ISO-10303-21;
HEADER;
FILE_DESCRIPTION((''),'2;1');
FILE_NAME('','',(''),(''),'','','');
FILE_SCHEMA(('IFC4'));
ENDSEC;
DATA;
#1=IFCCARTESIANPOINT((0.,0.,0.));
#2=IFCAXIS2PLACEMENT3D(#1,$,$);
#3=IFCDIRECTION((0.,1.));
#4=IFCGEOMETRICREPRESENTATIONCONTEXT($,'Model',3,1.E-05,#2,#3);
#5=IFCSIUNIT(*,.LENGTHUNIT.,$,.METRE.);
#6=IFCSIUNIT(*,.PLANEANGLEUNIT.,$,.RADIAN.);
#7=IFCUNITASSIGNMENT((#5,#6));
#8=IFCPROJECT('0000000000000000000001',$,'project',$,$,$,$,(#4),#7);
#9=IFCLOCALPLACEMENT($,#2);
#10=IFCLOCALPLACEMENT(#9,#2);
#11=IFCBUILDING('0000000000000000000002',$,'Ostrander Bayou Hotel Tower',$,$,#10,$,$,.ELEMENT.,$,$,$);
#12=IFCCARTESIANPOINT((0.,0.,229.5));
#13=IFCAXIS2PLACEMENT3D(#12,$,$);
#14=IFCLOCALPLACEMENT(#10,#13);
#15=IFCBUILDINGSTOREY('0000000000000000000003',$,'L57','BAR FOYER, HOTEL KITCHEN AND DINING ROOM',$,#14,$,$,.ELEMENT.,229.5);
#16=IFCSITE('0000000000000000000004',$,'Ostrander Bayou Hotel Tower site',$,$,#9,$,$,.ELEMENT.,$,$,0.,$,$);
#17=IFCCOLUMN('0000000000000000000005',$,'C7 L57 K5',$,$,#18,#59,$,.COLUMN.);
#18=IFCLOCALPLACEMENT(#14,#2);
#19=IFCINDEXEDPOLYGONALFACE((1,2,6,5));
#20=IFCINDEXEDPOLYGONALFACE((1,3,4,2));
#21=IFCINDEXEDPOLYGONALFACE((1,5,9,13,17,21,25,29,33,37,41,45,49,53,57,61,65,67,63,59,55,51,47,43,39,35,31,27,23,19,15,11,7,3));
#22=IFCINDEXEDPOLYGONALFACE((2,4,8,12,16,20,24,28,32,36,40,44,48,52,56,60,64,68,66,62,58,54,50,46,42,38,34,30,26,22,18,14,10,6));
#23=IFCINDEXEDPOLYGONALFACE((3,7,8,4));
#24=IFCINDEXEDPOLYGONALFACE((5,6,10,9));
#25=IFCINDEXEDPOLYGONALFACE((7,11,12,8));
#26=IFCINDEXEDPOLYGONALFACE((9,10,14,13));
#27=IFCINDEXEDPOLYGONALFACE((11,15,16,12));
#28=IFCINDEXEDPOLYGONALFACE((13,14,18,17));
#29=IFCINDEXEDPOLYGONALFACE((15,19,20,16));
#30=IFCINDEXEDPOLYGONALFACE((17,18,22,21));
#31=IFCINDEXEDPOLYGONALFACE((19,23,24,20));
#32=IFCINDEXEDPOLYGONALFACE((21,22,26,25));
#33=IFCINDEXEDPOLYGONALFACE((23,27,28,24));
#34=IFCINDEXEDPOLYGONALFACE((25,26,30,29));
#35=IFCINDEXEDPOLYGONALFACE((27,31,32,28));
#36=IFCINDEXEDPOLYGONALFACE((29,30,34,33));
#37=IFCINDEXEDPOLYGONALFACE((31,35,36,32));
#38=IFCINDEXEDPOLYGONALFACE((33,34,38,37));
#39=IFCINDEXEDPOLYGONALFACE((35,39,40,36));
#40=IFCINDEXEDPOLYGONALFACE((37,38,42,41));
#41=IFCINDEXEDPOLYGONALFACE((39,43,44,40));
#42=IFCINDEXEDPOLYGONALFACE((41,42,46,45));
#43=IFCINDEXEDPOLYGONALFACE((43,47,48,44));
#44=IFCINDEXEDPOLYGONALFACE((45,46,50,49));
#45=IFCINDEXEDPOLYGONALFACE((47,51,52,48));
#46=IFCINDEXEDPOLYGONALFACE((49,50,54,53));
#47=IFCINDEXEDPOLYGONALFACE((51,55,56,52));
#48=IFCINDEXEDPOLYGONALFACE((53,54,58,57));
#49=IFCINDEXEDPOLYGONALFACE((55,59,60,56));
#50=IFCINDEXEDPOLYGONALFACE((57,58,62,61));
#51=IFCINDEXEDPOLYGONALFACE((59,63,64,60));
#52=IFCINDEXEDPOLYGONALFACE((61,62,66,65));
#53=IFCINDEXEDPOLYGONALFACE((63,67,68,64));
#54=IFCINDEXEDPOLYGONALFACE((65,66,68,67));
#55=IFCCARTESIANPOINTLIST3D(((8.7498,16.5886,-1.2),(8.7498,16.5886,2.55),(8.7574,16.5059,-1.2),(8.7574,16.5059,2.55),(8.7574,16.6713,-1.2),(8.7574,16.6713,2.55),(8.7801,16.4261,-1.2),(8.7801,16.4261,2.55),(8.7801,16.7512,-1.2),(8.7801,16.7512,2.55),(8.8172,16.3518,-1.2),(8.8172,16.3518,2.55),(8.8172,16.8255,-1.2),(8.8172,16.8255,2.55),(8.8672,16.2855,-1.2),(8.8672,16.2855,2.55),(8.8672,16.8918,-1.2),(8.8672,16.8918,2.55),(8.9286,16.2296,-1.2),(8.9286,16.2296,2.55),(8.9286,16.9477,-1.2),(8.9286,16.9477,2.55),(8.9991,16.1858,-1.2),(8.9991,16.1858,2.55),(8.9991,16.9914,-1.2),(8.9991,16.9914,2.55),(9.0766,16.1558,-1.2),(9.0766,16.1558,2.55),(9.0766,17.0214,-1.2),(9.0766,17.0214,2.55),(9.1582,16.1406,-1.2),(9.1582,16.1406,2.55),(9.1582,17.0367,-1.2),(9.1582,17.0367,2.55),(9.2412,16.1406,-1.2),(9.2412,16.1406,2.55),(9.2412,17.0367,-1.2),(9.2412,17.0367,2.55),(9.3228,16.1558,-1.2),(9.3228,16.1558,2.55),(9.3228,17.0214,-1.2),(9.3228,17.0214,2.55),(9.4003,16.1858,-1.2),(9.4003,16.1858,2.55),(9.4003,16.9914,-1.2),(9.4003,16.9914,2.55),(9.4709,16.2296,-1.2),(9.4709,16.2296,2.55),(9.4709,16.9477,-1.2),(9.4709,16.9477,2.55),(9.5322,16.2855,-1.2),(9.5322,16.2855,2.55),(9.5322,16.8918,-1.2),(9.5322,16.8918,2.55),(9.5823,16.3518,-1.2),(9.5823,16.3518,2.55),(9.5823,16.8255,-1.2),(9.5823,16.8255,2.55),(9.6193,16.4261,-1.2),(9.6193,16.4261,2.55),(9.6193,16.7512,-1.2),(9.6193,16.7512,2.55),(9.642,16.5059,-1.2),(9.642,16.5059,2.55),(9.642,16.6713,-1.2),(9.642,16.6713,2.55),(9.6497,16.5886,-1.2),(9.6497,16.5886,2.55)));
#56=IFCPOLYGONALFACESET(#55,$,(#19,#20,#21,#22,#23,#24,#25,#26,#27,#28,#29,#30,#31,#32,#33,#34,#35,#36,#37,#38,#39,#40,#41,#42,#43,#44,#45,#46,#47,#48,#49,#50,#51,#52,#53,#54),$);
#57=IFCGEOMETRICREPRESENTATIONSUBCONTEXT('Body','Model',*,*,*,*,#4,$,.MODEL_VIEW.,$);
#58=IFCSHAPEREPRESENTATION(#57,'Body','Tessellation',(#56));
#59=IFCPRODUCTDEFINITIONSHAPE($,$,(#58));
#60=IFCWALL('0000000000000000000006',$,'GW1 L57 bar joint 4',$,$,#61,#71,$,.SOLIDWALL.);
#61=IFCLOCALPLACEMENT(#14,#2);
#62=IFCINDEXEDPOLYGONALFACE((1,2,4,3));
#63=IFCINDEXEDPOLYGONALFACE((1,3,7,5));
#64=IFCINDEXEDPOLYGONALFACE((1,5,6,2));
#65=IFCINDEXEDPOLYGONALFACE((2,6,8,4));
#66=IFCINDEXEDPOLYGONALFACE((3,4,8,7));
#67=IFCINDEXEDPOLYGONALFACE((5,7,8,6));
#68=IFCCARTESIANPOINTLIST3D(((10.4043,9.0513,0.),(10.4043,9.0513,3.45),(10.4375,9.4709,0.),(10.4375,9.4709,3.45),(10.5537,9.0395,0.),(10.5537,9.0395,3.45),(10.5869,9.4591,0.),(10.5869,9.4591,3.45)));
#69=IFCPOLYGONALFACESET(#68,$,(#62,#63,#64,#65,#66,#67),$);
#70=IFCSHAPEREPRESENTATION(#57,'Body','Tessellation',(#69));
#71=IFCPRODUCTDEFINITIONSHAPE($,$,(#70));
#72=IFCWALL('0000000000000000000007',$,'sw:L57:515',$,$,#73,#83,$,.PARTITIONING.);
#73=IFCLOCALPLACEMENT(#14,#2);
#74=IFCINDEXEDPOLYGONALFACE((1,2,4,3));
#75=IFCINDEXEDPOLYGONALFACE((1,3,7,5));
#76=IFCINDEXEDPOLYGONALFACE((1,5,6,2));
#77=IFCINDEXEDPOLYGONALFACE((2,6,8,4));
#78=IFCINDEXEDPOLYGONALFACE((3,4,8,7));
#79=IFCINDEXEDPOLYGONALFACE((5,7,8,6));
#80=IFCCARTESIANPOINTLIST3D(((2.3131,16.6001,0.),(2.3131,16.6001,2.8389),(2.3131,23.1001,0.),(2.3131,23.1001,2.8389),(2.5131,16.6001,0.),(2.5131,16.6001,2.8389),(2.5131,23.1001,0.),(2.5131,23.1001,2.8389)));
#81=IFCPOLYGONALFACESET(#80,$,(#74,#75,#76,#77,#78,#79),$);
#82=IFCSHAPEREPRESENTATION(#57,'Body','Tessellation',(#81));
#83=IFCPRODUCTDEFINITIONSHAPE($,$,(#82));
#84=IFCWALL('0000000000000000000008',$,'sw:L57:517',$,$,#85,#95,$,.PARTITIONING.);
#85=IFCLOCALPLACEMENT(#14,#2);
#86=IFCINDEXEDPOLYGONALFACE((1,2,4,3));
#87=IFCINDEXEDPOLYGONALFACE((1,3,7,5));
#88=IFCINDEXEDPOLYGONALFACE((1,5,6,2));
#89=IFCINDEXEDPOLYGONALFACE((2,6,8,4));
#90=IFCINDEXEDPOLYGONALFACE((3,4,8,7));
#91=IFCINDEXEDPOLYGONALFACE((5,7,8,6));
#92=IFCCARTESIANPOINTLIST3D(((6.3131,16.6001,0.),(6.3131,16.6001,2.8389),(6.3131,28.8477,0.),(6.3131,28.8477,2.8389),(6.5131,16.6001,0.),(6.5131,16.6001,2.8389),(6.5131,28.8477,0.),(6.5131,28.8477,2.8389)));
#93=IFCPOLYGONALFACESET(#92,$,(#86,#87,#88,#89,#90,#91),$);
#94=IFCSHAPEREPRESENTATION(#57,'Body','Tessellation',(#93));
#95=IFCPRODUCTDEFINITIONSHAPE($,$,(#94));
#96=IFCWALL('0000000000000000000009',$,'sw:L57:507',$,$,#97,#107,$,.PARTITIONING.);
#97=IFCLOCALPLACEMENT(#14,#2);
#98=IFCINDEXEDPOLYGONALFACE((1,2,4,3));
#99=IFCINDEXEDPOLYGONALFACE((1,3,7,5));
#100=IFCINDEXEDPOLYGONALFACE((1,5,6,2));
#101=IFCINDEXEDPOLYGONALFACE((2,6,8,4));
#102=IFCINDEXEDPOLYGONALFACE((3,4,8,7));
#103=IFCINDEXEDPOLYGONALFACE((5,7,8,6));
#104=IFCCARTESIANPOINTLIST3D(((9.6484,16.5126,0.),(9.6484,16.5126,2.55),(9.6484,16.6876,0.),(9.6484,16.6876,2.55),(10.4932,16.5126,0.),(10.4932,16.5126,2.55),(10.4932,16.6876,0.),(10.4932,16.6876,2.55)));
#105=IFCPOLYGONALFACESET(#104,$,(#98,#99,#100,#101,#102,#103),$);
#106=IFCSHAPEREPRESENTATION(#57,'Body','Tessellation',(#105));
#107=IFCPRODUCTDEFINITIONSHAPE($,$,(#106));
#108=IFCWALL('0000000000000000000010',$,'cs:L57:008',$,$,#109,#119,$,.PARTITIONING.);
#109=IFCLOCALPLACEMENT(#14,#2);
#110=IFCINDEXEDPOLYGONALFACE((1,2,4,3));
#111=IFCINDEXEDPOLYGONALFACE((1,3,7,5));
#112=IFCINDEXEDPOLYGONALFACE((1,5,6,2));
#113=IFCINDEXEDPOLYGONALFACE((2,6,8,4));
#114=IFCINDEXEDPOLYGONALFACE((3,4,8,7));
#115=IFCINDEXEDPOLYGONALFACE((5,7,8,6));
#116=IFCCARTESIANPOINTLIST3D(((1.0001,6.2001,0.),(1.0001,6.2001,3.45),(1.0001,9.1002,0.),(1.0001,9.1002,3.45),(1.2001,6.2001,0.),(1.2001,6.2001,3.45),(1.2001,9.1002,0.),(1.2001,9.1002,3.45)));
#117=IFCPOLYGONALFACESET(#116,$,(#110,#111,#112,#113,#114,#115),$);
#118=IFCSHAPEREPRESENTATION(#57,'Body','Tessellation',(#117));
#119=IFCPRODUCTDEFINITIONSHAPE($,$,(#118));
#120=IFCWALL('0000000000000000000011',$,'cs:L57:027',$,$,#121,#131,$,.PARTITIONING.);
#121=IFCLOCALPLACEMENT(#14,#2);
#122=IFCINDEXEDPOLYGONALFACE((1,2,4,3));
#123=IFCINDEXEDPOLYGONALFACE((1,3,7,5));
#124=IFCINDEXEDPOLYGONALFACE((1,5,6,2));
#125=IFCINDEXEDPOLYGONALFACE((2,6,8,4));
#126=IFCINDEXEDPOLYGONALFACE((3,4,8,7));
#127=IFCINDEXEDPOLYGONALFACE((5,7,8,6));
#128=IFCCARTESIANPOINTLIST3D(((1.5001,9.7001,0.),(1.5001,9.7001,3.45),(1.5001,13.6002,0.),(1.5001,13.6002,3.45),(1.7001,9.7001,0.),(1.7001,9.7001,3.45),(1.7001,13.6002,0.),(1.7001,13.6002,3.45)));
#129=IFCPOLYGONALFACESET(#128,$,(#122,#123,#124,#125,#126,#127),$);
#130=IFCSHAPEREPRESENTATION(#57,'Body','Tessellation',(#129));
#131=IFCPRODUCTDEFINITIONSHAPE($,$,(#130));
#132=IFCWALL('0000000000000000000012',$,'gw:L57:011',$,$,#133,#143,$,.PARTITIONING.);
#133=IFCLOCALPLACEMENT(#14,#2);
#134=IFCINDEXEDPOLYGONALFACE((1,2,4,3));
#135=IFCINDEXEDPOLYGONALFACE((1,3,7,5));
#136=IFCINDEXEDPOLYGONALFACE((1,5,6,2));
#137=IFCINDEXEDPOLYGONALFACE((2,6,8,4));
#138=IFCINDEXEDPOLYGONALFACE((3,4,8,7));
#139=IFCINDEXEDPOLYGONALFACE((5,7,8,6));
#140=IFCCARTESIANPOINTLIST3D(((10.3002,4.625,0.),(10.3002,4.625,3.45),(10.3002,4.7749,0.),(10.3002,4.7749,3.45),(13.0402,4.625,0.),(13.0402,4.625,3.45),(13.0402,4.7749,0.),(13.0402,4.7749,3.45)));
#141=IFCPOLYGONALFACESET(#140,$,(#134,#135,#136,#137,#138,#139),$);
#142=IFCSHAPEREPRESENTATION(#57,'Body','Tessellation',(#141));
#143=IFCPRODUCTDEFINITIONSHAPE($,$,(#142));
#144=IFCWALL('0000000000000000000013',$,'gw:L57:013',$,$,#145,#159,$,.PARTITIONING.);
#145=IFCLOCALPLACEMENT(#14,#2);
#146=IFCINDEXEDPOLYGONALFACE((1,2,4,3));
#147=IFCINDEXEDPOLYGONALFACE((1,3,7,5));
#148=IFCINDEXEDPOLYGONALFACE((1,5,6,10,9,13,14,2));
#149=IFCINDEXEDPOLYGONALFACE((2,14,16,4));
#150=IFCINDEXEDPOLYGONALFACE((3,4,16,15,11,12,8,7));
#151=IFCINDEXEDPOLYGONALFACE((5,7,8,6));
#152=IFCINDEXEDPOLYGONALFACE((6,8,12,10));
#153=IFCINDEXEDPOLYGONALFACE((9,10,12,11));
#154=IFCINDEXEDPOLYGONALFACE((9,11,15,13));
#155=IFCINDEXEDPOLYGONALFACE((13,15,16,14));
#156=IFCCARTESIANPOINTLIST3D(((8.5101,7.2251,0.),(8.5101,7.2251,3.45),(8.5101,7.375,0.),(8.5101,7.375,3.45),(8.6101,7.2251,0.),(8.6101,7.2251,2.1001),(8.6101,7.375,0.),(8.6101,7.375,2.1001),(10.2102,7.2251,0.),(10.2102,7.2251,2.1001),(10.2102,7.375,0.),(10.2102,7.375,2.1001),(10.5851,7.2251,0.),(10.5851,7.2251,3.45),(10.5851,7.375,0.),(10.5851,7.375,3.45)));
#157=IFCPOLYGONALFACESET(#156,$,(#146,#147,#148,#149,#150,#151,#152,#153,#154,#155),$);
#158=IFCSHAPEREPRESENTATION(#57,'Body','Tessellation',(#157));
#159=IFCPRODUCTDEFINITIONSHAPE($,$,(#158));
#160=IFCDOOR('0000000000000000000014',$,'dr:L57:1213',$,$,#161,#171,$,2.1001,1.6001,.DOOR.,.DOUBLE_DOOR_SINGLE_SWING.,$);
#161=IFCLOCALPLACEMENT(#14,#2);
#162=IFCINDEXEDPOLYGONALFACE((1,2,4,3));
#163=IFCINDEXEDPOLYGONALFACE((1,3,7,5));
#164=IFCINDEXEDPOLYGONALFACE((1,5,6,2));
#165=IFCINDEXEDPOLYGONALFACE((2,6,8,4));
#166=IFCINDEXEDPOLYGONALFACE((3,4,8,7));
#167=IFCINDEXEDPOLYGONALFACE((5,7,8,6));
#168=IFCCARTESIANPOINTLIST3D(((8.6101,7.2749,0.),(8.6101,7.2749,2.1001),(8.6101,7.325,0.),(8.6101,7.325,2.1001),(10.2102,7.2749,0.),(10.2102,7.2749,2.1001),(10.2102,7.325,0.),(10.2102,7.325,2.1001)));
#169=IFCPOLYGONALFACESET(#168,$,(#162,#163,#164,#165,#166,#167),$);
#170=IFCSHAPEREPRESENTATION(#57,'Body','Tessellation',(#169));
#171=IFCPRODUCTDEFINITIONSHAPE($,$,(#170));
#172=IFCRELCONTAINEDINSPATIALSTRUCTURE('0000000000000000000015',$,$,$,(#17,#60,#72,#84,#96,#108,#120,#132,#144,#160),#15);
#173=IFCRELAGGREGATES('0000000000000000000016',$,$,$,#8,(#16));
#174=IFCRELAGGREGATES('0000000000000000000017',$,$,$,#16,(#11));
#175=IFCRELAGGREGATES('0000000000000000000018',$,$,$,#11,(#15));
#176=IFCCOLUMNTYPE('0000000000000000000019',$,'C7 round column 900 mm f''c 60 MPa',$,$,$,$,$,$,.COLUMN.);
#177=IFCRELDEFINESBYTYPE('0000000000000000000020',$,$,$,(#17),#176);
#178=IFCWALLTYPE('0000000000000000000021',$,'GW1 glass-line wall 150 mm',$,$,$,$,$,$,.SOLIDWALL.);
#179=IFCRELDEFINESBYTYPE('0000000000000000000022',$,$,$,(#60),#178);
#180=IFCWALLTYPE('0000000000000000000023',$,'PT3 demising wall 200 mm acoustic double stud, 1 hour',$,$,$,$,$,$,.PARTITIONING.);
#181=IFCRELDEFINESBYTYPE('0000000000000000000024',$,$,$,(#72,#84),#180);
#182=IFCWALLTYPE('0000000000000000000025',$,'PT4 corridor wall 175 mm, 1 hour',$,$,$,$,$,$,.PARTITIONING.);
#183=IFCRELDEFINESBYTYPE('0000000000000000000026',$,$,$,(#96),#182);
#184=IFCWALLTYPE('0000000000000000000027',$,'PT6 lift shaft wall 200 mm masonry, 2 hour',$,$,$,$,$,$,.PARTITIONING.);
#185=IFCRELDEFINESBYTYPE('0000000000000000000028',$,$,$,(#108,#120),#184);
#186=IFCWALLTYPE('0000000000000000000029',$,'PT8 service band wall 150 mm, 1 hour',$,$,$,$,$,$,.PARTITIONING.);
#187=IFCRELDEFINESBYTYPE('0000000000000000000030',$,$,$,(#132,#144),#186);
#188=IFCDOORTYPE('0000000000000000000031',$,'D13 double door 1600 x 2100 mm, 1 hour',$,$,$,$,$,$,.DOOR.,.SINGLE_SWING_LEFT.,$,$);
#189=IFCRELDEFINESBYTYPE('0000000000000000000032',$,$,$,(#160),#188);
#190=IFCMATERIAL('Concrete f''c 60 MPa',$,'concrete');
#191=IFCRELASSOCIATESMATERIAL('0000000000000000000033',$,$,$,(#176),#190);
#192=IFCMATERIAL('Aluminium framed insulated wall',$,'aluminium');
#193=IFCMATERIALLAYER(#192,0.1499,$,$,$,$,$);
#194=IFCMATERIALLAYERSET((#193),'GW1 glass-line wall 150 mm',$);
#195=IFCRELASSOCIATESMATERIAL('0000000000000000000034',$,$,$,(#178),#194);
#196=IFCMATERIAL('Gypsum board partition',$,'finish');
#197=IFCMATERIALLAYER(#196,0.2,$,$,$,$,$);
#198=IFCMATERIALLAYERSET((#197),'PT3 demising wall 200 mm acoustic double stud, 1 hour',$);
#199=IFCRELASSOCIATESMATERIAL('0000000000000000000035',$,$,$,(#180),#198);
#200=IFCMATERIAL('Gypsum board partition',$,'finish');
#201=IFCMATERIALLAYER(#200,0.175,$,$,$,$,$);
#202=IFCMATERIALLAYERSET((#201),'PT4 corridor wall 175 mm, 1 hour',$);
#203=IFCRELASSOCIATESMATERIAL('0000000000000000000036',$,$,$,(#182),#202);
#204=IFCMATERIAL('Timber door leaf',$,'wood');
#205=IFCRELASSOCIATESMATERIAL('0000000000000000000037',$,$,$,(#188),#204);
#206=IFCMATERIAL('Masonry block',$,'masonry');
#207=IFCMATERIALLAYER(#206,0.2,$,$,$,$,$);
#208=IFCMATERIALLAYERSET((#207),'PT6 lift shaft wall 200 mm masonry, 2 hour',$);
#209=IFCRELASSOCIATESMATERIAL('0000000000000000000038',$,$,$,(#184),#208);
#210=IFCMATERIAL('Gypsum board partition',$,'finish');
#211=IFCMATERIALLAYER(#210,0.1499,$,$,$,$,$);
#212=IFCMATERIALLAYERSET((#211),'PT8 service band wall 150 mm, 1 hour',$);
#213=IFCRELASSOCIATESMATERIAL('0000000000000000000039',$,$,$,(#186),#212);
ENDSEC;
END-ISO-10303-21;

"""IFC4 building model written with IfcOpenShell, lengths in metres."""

from ifc_helpers import new_model, si_unit, direction, frame, frame_2d, origin, origin_2d, place, context, subcontext, project, spatial, rectangle, circle, extrude, material, layer, layer_set, material_profile, profile_set, type_object, element, fill, save


model = new_model("IFC4")

# Units and contexts
model_context = context("Model", 3, precision=1e-05, world=origin(), true_north=direction((0.0, 1.0)))
body_context = subcontext(model_context, "Body", "Model", "MODEL_VIEW")
ifc_project = project(units=[si_unit("LENGTHUNIT", "METRE"), si_unit("PLANEANGLEUNIT", "RADIAN")], contexts=[model_context])

# Site, building, storey
site_placement = place(None, origin())
site = spatial("IfcSite", under=ifc_project, at=site_placement, Name="Ostrander Bayou Hotel Tower site", CompositionType="ELEMENT", RefElevation=0.0)
building_placement = place(site_placement, origin())
building = spatial("IfcBuilding", under=site, at=building_placement, Name="Ostrander Bayou Hotel Tower", CompositionType="ELEMENT")
storey_placement = place(building_placement, frame((0.0, 0.0, 229.5)))
storey = spatial("IfcBuildingStorey", under=building, at=storey_placement, Name="L57", Description="BAR FOYER, HOTEL KITCHEN AND DINING ROOM", CompositionType="ELEMENT", Elevation=229.5)

# Column
ifc_material_1 = material(Name="Concrete f'c 60 MPa", Category="concrete")
ifc_material_profile = material_profile(ifc_material_1, circle(Radius=0.45, at=origin_2d()))
ifc_profile_set = profile_set([ifc_material_profile], Name="Concrete f'c 60 MPa")
column_type = type_object("IfcColumnType", Name="C7 round column 900 mm f'c 60 MPa", PredefinedType="COLUMN", material=ifc_profile_set)
column_placement = place(storey_placement, frame((9.1997, 16.5886, -1.2), z_axis=(0.0, 0.0, 1.0), x_axis=(1.0, 0.0, 0.0)))
element("IfcColumn", 1, at=column_placement, inside=storey, type_object=column_type, Name="C7 L57 K5", PredefinedType="COLUMN", context=body_context, shape_type="SweptSolid", body=[
    extrude(circle(Radius=0.45, at=origin_2d()), origin(), (0.0, 0.0, 1.0), 3.75),
])

# Walls
ifc_material_2 = material(Name="Aluminium framed insulated wall", Category="aluminium")
ifc_layer_1 = layer(ifc_material_2, 0.1499)
ifc_layer_set_1 = layer_set([ifc_layer_1], Name="GW1 glass-line wall 150 mm")
wall_type_1 = type_object("IfcWallType", Name="GW1 glass-line wall 150 mm", PredefinedType="SOLIDWALL", material=ifc_layer_set_1)
wall_1_placement = place(storey_placement, frame((10.479, 9.0454, 0.0), z_axis=(0.0, 0.0, 1.0), x_axis=(0.078869, 0.996885, 0.0)))
element("IfcWall", 2, at=wall_1_placement, inside=storey, type_object=wall_type_1, Name="GW1 L57 bar joint 4", PredefinedType="SOLIDWALL", context=body_context, shape_type="SweptSolid", body=[
    extrude(rectangle(XDim=0.4209, YDim=0.1499, at=frame_2d((0.2104, 0.0))), origin(), (0.0, 0.0, 1.0), 3.45),
])
ifc_material_3 = material(Name="Gypsum board partition", Category="finish")
ifc_layer_2 = layer(ifc_material_3, 0.2)
ifc_layer_set_2 = layer_set([ifc_layer_2], Name="PT3 demising wall 200 mm acoustic double stud, 1 hour")
wall_type_2 = type_object("IfcWallType", Name="PT3 demising wall 200 mm acoustic double stud, 1 hour", PredefinedType="PARTITIONING", material=ifc_layer_set_2)
wall_2_placement = place(storey_placement, frame((2.4131, 16.6001, 0.0), z_axis=(0.0, 0.0, 1.0), x_axis=(0.0, 1.0, 0.0)))
element("IfcWall", 3, at=wall_2_placement, inside=storey, type_object=wall_type_2, Name="sw:L57:515", PredefinedType="PARTITIONING", context=body_context, shape_type="SweptSolid", body=[
    extrude(rectangle(XDim=6.5, YDim=0.2, at=frame_2d((3.25, 0.0))), origin(), (0.0, 0.0, 1.0), 2.8389),
])
wall_3_placement = place(storey_placement, frame((6.4131, 16.6001, 0.0), z_axis=(0.0, 0.0, 1.0), x_axis=(0.0, 1.0, 0.0)))
element("IfcWall", 4, at=wall_3_placement, inside=storey, type_object=wall_type_2, Name="sw:L57:517", PredefinedType="PARTITIONING", context=body_context, shape_type="SweptSolid", body=[
    extrude(rectangle(XDim=12.2476, YDim=0.2, at=frame_2d((6.1238, 0.0))), origin(), (0.0, 0.0, 1.0), 2.8389),
])

# Shared definitions
ifc_material_4 = material(Name="Gypsum board partition", Category="finish")
ifc_layer_3 = layer(ifc_material_4, 0.175)
ifc_layer_set_3 = layer_set([ifc_layer_3], Name="PT4 corridor wall 175 mm, 1 hour")
wall_type_3 = type_object("IfcWallType", Name="PT4 corridor wall 175 mm, 1 hour", PredefinedType="PARTITIONING", material=ifc_layer_set_3)
ifc_material_5 = material(Name="Timber door leaf", Category="wood")
door_type_1 = type_object("IfcDoorType", Name="D13 double door 1600 x 2100 mm, 1 hour", OperationType="SINGLE_SWING_LEFT", PredefinedType="DOOR", material=ifc_material_5)

# Wall
wall_4_placement = place(storey_placement, frame((9.6484, 16.6001, 0.0), z_axis=(0.0, 0.0, 1.0), x_axis=(1.0, 0.0, 0.0)))
element("IfcWall", 5, at=wall_4_placement, inside=storey, type_object=wall_type_3, Name="sw:L57:507", PredefinedType="PARTITIONING", context=body_context, shape_type="SweptSolid", body=[
    extrude(rectangle(XDim=0.8447, YDim=0.175, at=frame_2d((0.4224, 0.0))), origin(), (0.0, 0.0, 1.0), 2.55),
])

# Shared definitions
ifc_material_6 = material(Name="Masonry block", Category="masonry")
ifc_layer_4 = layer(ifc_material_6, 0.2)
ifc_layer_set_4 = layer_set([ifc_layer_4], Name="PT6 lift shaft wall 200 mm masonry, 2 hour")
wall_type_4 = type_object("IfcWallType", Name="PT6 lift shaft wall 200 mm masonry, 2 hour", PredefinedType="PARTITIONING", material=ifc_layer_set_4)

# Walls
wall_5_placement = place(storey_placement, frame((1.1001, 6.2, 0.0), z_axis=(0.0, 0.0, 1.0), x_axis=(0.0, 1.0, 0.0)))
element("IfcWall", 6, at=wall_5_placement, inside=storey, type_object=wall_type_4, Name="cs:L57:008", PredefinedType="PARTITIONING", context=body_context, shape_type="SweptSolid", body=[
    extrude(rectangle(XDim=2.9001, YDim=0.2, at=frame_2d((1.4502, 0.0))), origin(), (0.0, 0.0, 1.0), 3.45),
])
wall_6_placement = place(storey_placement, frame((1.6001, 9.7, 0.0), z_axis=(0.0, 0.0, 1.0), x_axis=(0.0, 1.0, 0.0)))
element("IfcWall", 7, at=wall_6_placement, inside=storey, type_object=wall_type_4, Name="cs:L57:027", PredefinedType="PARTITIONING", context=body_context, shape_type="SweptSolid", body=[
    extrude(rectangle(XDim=3.9001, YDim=0.2, at=frame_2d((1.9502, 0.0))), origin(), (0.0, 0.0, 1.0), 3.45),
])
ifc_material_7 = material(Name="Gypsum board partition", Category="finish")
ifc_layer_5 = layer(ifc_material_7, 0.1499)
ifc_layer_set_5 = layer_set([ifc_layer_5], Name="PT8 service band wall 150 mm, 1 hour")
wall_type_5 = type_object("IfcWallType", Name="PT8 service band wall 150 mm, 1 hour", PredefinedType="PARTITIONING", material=ifc_layer_set_5)
wall_7_placement = place(storey_placement, frame((10.3, 4.7, 0.0), z_axis=(0.0, 0.0, 1.0), x_axis=(1.0, 0.0, 0.0)))
element("IfcWall", 8, at=wall_7_placement, inside=storey, type_object=wall_type_5, Name="gw:L57:011", PredefinedType="PARTITIONING", context=body_context, shape_type="SweptSolid", body=[
    extrude(rectangle(XDim=2.74, YDim=0.1499, at=frame_2d((1.3701, 0.0))), origin(), (0.0, 0.0, 1.0), 3.45),
])

# Wall, opening, door
wall_8_placement = place(storey_placement, frame((8.51, 7.3, 0.0), z_axis=(0.0, 0.0, 1.0), x_axis=(1.0, 0.0, 0.0)))
wall_8 = element("IfcWall", 9, at=wall_8_placement, inside=storey, type_object=wall_type_5, Name="gw:L57:013", PredefinedType="PARTITIONING", context=body_context, shape_type="SweptSolid", body=[
    extrude(rectangle(XDim=2.075, YDim=0.1499, at=frame_2d((1.0376, 0.0))), origin(), (0.0, 0.0, 1.0), 3.45),
])
opening_1_placement = place(wall_8_placement, frame((0.1001, 0.0, 0.0)))
opening_1 = element("IfcOpeningElement", 10, at=opening_1_placement, cuts=wall_8, PredefinedType="OPENING", context=body_context, shape_type="SweptSolid", body=[
    extrude(rectangle(XDim=1.6001, YDim=2.1001, at=frame_2d((0.8, 1.05))), frame((0.0, 0.075, 0.0), z_axis=(0.0, -1.0, 0.0), x_axis=(1.0, 0.0, 0.0)), (0.0, 0.0, 1.0), 0.1499),
])
door_1_placement = place(opening_1_placement, origin())
door_1 = element("IfcDoor", 11, at=door_1_placement, inside=storey, type_object=door_type_1, Name="dr:L57:1213", OperationType="DOUBLE_DOOR_SINGLE_SWING", OverallHeight=2.1001, OverallWidth=1.6001, PredefinedType="DOOR", context=body_context, shape_type="SweptSolid", body=[
    extrude(rectangle(XDim=1.6001, YDim=2.1001, at=frame_2d((0.8, 1.05))), frame((0.0, 0.0249, 0.0), z_axis=(0.0, -1.0, 0.0), x_axis=(1.0, 0.0, 0.0)), (0.0, 0.0, 1.0), 0.05),
])
fill(opening_1, door_1)

save(model, "model.ifc")
